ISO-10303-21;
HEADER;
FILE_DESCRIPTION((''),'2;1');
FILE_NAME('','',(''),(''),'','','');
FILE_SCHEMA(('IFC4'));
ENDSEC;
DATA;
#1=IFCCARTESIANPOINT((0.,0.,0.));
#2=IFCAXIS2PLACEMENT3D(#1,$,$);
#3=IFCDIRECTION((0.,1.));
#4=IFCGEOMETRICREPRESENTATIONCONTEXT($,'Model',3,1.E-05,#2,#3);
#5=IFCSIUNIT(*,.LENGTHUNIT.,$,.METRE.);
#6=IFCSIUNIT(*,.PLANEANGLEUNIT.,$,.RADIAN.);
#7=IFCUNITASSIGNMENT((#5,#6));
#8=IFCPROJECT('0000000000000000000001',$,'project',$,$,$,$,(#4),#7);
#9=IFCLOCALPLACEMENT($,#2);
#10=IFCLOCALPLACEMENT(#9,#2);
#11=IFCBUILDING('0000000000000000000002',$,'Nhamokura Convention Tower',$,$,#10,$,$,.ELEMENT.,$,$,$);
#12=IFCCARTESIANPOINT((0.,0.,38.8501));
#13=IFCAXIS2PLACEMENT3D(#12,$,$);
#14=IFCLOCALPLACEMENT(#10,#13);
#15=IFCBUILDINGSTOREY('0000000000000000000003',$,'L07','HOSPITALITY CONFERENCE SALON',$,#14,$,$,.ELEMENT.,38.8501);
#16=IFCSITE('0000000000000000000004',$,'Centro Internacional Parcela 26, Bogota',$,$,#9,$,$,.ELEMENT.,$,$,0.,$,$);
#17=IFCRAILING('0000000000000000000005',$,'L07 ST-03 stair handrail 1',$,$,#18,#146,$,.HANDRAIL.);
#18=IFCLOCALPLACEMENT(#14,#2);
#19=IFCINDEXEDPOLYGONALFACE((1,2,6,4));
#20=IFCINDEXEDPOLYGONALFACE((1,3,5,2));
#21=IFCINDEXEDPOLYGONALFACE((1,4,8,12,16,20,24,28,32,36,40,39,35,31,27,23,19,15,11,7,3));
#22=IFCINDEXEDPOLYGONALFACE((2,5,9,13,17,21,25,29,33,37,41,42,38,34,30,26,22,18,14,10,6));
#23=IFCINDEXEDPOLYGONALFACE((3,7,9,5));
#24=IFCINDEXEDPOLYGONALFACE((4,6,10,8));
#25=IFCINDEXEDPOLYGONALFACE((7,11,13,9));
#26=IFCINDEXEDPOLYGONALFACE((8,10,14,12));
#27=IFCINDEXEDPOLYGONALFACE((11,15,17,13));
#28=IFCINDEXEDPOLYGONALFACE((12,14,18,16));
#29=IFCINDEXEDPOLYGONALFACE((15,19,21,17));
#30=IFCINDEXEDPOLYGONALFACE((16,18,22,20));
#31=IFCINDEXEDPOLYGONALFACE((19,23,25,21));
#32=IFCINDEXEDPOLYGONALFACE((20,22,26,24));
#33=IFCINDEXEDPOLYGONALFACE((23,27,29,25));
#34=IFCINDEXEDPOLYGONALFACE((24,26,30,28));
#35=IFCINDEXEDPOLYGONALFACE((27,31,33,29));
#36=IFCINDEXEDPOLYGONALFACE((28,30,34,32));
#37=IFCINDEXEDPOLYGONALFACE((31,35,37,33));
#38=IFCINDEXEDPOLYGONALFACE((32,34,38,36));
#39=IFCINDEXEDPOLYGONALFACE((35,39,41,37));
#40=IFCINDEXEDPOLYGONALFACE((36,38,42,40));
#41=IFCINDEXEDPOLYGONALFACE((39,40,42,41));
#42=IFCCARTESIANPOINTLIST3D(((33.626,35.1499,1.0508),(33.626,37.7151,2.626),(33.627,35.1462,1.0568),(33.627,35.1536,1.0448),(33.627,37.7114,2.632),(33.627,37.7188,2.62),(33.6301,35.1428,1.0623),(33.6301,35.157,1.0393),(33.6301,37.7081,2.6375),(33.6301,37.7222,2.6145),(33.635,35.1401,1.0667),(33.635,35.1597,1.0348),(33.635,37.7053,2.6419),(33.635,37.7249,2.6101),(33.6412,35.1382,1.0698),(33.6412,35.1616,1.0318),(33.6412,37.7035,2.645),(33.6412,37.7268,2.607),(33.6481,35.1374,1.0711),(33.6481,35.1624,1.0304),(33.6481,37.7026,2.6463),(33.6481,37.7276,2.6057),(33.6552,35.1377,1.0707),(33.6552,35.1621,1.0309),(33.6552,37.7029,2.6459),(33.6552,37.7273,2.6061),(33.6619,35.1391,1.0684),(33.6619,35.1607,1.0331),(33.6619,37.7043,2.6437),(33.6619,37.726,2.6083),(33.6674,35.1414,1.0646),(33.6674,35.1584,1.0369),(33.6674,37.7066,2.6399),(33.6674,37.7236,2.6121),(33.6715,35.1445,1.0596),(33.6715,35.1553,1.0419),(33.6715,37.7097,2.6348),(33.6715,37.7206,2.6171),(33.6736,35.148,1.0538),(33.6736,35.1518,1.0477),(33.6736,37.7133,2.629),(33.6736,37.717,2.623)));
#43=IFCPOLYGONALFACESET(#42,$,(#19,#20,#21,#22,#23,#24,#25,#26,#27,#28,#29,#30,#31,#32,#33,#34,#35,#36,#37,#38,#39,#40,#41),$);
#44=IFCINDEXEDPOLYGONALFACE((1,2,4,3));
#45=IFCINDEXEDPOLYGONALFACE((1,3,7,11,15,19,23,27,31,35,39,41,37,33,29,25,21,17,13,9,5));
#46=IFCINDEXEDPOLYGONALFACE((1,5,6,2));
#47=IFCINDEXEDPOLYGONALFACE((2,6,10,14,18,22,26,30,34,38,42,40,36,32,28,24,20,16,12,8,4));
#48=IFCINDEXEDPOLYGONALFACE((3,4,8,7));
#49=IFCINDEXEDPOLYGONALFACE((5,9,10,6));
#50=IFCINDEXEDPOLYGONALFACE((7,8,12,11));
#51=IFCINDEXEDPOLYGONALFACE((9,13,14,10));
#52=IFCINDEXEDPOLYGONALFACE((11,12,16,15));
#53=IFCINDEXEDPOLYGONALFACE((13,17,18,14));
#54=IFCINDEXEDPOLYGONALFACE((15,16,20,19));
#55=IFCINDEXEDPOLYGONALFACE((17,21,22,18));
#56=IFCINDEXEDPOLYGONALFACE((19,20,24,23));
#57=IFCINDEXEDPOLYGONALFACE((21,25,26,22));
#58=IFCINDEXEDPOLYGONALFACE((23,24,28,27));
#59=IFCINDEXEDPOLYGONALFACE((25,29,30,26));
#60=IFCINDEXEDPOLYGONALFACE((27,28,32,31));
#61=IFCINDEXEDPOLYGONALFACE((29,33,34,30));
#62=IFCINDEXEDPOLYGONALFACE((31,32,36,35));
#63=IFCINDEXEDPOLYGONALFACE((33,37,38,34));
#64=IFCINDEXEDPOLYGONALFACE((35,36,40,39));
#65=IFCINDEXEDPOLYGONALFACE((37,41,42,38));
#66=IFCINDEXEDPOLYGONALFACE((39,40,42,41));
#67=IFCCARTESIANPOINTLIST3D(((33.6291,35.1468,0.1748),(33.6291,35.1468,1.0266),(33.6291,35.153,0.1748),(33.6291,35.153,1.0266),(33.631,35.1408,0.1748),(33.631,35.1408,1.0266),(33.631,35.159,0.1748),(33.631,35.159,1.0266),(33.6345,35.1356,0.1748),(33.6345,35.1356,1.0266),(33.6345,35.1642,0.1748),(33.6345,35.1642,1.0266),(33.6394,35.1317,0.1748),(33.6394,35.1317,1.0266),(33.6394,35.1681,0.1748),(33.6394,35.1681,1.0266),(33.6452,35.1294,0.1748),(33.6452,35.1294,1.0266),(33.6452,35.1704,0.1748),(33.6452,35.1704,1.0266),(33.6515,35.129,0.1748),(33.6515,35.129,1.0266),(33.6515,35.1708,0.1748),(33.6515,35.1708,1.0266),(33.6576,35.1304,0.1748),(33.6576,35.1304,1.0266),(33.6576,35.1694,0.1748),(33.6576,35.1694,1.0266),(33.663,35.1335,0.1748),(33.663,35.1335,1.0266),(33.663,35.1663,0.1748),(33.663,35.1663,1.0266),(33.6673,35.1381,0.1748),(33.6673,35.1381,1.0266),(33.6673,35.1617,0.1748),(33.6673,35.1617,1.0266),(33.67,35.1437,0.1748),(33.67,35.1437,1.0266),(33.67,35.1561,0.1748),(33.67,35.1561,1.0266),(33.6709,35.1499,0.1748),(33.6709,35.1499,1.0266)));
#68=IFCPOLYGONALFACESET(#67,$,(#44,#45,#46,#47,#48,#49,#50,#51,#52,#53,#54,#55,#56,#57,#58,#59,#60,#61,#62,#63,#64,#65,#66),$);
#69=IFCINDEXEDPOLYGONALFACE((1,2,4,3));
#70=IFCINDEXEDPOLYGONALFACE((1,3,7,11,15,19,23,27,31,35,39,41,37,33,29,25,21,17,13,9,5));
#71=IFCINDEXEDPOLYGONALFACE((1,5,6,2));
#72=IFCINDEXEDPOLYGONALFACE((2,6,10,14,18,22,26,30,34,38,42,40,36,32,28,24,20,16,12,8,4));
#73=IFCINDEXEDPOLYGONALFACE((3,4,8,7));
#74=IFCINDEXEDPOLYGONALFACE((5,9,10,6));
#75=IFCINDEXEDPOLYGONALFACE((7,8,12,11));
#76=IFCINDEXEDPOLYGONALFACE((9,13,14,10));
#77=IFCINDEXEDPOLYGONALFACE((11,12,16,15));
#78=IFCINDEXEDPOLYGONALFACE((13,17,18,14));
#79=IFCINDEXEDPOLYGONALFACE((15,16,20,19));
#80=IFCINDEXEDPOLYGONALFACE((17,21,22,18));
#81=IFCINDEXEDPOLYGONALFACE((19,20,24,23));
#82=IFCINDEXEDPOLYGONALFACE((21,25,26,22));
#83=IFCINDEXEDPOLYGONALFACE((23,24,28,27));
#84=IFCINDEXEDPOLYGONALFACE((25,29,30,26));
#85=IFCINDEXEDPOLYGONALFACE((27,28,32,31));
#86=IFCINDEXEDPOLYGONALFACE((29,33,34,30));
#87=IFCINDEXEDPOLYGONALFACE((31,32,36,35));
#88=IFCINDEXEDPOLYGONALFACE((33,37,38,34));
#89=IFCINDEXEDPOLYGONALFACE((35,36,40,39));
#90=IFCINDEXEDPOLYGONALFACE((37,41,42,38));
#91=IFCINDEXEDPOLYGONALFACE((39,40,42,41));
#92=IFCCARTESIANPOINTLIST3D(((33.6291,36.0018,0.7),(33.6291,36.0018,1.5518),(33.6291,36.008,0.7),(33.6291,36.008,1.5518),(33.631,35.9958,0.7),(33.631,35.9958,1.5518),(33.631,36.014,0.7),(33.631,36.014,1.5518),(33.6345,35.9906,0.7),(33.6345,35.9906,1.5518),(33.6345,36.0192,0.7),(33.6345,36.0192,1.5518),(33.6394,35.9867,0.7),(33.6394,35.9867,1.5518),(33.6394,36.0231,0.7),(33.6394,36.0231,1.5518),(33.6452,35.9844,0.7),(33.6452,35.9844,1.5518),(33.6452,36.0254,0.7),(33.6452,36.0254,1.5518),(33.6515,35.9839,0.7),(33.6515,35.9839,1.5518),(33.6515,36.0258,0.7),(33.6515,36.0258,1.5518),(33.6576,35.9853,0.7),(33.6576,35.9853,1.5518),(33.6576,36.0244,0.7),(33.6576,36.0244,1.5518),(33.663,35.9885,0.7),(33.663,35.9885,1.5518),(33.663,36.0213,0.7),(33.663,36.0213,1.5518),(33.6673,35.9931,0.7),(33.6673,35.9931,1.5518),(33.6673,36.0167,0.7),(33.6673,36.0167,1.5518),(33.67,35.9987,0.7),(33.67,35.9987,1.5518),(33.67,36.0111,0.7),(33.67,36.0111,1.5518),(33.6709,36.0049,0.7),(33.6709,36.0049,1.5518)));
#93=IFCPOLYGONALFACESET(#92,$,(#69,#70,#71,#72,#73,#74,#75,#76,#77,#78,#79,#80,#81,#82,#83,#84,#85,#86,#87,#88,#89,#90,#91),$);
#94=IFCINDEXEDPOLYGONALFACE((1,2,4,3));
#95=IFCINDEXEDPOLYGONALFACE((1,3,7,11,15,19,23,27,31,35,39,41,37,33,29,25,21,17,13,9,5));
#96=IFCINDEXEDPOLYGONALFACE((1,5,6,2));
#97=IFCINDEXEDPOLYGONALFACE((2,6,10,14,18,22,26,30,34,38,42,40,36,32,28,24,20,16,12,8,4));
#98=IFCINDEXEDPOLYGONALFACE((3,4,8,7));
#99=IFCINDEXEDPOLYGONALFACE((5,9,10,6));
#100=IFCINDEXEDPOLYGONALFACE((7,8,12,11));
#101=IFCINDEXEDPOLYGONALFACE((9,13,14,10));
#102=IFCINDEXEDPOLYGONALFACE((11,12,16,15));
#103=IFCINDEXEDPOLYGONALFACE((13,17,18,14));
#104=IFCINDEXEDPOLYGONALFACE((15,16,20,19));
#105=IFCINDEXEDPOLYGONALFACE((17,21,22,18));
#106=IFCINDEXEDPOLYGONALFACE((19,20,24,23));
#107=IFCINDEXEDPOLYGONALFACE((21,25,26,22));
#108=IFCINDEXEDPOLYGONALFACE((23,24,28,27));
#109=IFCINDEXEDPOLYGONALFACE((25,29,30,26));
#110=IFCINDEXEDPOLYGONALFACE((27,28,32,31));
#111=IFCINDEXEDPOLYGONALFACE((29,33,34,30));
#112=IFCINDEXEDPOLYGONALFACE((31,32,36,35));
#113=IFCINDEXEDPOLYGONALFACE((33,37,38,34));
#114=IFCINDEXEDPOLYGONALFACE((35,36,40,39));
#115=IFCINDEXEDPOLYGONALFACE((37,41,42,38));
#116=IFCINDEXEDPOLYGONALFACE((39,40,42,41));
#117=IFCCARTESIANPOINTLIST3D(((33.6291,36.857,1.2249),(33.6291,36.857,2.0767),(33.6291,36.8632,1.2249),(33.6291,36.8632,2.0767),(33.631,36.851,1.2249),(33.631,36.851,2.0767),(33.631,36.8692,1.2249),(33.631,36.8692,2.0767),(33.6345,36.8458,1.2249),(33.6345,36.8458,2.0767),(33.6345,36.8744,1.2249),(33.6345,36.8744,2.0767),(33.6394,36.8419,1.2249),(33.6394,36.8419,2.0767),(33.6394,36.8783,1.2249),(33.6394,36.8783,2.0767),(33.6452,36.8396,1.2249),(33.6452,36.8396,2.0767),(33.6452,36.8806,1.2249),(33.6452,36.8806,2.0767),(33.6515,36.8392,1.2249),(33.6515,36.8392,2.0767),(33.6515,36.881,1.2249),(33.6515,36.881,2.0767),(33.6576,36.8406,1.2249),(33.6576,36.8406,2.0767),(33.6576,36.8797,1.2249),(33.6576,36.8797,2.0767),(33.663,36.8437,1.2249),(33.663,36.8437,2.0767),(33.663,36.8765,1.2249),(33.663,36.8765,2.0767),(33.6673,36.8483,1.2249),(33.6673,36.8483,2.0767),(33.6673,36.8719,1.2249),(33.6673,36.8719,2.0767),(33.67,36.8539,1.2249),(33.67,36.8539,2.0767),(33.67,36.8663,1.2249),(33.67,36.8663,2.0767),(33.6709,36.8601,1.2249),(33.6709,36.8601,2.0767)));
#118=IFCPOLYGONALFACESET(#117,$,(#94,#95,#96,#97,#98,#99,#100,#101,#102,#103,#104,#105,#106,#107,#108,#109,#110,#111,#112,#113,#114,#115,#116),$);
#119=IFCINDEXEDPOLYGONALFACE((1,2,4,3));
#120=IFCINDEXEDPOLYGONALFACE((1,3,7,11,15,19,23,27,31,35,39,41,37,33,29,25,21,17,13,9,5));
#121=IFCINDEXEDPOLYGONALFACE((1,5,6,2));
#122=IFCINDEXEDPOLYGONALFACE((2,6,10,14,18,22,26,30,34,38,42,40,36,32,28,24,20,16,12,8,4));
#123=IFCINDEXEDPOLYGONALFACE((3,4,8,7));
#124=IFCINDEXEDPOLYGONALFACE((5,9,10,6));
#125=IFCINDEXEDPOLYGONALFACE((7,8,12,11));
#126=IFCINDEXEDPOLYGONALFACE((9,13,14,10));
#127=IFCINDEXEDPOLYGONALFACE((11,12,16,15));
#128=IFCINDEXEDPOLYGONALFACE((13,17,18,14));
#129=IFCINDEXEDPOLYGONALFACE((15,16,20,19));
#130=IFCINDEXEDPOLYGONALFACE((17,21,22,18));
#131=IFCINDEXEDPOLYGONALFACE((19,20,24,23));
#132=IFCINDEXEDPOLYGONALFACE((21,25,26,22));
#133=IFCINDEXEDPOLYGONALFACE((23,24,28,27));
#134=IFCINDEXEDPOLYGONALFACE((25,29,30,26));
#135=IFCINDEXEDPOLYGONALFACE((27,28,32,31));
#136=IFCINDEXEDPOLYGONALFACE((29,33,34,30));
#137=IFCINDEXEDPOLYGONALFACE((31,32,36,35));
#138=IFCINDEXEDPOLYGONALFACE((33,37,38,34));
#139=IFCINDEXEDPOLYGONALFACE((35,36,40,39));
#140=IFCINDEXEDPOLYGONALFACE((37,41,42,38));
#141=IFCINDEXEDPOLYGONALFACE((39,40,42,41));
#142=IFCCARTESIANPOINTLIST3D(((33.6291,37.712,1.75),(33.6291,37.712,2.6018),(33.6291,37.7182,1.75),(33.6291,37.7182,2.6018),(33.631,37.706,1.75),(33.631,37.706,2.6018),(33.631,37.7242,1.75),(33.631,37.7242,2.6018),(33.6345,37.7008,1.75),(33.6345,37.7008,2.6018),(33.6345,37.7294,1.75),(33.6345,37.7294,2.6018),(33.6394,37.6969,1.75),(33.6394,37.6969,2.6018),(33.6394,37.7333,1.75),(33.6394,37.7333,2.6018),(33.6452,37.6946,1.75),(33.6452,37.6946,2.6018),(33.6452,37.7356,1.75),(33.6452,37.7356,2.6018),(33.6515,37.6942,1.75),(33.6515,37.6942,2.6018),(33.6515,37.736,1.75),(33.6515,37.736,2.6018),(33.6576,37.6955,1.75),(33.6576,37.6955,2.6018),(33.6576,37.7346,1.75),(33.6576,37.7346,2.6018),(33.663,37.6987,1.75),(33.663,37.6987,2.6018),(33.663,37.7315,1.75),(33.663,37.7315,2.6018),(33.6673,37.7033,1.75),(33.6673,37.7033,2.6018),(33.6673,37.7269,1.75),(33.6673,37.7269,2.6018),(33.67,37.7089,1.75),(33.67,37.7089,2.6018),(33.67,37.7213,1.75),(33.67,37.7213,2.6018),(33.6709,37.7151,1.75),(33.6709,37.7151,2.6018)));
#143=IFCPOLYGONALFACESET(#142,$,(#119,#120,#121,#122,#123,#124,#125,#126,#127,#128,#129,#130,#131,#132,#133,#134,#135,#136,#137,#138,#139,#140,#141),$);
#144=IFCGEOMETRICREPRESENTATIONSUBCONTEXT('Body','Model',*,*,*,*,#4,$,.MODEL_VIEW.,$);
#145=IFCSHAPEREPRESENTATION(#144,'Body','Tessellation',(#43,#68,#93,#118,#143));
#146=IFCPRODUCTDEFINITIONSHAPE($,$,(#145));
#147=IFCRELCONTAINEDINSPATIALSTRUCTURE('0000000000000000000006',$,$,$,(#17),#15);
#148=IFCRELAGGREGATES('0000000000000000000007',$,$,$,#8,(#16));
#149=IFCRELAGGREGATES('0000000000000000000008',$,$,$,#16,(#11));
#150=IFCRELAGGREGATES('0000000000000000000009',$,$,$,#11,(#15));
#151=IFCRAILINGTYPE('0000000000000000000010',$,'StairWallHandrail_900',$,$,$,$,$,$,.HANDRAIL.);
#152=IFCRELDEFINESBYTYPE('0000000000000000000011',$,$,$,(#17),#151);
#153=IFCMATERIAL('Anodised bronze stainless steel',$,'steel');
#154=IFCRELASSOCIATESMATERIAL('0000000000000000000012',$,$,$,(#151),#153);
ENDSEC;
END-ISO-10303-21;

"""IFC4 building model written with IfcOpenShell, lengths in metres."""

from ifc_helpers import new_model, si_unit, direction, frame, origin, origin_2d, place, context, subcontext, project, spatial, circle, extrude, material, type_object, element, save


model = new_model("IFC4")

# Units and contexts
model_context = context("Model", 3, precision=1e-05, world=origin(), true_north=direction((0.0, 1.0)))
body_context = subcontext(model_context, "Body", "Model", "MODEL_VIEW")
ifc_project = project(units=[si_unit("LENGTHUNIT", "METRE"), si_unit("PLANEANGLEUNIT", "RADIAN")], contexts=[model_context])

# Site, building, storey
site_placement = place(None, origin())
site = spatial("IfcSite", under=ifc_project, at=site_placement, Name="Centro Internacional Parcela 26, Bogota", CompositionType="ELEMENT", RefElevation=0.0)
building_placement = place(site_placement, origin())
building = spatial("IfcBuilding", under=site, at=building_placement, Name="Nhamokura Convention Tower", CompositionType="ELEMENT")
storey_placement = place(building_placement, frame((0.0, 0.0, 38.8501)))
storey = spatial("IfcBuildingStorey", under=building, at=storey_placement, Name="L07", Description="HOSPITALITY CONFERENCE SALON", CompositionType="ELEMENT", Elevation=38.8501)

# Railing
ifc_material_1 = material(Name="Anodised bronze stainless steel", Category="steel")
railing_type_1 = type_object("IfcRailingType", Name="StairWallHandrail_900", PredefinedType="HANDRAIL", material=ifc_material_1)
railing_1_placement = place(storey_placement, frame((33.6499, 35.1499, 0.1748)))
element("IfcRailing", 1, at=railing_1_placement, inside=storey, type_object=railing_type_1, Name="L07 ST-03 stair handrail 1", PredefinedType="HANDRAIL", context=body_context, shape_type="SweptSolid", body=[
    extrude(circle(Radius=0.0239, at=origin_2d()), frame((0.0, 0.0, 0.876), z_axis=(0.0, 0.852159, 0.523283), x_axis=(-1.0, 0.0, 0.0)), (0.0, 0.0, 1.0), 3.0103),
    extrude(circle(Radius=0.021, at=origin_2d()), origin(), (0.0, 0.0, 1.0), 0.8518),
    extrude(circle(Radius=0.021, at=origin_2d()), frame((0.0, 0.855, 0.5251)), (0.0, 0.0, 1.0), 0.8518),
    extrude(circle(Radius=0.021, at=origin_2d()), frame((0.0, 1.7102, 1.05)), (0.0, 0.0, 1.0), 0.8518),
    extrude(circle(Radius=0.021, at=origin_2d()), frame((0.0, 2.5652, 1.5752)), (0.0, 0.0, 1.0), 0.8518),
])

save(model, "model.ifc")
